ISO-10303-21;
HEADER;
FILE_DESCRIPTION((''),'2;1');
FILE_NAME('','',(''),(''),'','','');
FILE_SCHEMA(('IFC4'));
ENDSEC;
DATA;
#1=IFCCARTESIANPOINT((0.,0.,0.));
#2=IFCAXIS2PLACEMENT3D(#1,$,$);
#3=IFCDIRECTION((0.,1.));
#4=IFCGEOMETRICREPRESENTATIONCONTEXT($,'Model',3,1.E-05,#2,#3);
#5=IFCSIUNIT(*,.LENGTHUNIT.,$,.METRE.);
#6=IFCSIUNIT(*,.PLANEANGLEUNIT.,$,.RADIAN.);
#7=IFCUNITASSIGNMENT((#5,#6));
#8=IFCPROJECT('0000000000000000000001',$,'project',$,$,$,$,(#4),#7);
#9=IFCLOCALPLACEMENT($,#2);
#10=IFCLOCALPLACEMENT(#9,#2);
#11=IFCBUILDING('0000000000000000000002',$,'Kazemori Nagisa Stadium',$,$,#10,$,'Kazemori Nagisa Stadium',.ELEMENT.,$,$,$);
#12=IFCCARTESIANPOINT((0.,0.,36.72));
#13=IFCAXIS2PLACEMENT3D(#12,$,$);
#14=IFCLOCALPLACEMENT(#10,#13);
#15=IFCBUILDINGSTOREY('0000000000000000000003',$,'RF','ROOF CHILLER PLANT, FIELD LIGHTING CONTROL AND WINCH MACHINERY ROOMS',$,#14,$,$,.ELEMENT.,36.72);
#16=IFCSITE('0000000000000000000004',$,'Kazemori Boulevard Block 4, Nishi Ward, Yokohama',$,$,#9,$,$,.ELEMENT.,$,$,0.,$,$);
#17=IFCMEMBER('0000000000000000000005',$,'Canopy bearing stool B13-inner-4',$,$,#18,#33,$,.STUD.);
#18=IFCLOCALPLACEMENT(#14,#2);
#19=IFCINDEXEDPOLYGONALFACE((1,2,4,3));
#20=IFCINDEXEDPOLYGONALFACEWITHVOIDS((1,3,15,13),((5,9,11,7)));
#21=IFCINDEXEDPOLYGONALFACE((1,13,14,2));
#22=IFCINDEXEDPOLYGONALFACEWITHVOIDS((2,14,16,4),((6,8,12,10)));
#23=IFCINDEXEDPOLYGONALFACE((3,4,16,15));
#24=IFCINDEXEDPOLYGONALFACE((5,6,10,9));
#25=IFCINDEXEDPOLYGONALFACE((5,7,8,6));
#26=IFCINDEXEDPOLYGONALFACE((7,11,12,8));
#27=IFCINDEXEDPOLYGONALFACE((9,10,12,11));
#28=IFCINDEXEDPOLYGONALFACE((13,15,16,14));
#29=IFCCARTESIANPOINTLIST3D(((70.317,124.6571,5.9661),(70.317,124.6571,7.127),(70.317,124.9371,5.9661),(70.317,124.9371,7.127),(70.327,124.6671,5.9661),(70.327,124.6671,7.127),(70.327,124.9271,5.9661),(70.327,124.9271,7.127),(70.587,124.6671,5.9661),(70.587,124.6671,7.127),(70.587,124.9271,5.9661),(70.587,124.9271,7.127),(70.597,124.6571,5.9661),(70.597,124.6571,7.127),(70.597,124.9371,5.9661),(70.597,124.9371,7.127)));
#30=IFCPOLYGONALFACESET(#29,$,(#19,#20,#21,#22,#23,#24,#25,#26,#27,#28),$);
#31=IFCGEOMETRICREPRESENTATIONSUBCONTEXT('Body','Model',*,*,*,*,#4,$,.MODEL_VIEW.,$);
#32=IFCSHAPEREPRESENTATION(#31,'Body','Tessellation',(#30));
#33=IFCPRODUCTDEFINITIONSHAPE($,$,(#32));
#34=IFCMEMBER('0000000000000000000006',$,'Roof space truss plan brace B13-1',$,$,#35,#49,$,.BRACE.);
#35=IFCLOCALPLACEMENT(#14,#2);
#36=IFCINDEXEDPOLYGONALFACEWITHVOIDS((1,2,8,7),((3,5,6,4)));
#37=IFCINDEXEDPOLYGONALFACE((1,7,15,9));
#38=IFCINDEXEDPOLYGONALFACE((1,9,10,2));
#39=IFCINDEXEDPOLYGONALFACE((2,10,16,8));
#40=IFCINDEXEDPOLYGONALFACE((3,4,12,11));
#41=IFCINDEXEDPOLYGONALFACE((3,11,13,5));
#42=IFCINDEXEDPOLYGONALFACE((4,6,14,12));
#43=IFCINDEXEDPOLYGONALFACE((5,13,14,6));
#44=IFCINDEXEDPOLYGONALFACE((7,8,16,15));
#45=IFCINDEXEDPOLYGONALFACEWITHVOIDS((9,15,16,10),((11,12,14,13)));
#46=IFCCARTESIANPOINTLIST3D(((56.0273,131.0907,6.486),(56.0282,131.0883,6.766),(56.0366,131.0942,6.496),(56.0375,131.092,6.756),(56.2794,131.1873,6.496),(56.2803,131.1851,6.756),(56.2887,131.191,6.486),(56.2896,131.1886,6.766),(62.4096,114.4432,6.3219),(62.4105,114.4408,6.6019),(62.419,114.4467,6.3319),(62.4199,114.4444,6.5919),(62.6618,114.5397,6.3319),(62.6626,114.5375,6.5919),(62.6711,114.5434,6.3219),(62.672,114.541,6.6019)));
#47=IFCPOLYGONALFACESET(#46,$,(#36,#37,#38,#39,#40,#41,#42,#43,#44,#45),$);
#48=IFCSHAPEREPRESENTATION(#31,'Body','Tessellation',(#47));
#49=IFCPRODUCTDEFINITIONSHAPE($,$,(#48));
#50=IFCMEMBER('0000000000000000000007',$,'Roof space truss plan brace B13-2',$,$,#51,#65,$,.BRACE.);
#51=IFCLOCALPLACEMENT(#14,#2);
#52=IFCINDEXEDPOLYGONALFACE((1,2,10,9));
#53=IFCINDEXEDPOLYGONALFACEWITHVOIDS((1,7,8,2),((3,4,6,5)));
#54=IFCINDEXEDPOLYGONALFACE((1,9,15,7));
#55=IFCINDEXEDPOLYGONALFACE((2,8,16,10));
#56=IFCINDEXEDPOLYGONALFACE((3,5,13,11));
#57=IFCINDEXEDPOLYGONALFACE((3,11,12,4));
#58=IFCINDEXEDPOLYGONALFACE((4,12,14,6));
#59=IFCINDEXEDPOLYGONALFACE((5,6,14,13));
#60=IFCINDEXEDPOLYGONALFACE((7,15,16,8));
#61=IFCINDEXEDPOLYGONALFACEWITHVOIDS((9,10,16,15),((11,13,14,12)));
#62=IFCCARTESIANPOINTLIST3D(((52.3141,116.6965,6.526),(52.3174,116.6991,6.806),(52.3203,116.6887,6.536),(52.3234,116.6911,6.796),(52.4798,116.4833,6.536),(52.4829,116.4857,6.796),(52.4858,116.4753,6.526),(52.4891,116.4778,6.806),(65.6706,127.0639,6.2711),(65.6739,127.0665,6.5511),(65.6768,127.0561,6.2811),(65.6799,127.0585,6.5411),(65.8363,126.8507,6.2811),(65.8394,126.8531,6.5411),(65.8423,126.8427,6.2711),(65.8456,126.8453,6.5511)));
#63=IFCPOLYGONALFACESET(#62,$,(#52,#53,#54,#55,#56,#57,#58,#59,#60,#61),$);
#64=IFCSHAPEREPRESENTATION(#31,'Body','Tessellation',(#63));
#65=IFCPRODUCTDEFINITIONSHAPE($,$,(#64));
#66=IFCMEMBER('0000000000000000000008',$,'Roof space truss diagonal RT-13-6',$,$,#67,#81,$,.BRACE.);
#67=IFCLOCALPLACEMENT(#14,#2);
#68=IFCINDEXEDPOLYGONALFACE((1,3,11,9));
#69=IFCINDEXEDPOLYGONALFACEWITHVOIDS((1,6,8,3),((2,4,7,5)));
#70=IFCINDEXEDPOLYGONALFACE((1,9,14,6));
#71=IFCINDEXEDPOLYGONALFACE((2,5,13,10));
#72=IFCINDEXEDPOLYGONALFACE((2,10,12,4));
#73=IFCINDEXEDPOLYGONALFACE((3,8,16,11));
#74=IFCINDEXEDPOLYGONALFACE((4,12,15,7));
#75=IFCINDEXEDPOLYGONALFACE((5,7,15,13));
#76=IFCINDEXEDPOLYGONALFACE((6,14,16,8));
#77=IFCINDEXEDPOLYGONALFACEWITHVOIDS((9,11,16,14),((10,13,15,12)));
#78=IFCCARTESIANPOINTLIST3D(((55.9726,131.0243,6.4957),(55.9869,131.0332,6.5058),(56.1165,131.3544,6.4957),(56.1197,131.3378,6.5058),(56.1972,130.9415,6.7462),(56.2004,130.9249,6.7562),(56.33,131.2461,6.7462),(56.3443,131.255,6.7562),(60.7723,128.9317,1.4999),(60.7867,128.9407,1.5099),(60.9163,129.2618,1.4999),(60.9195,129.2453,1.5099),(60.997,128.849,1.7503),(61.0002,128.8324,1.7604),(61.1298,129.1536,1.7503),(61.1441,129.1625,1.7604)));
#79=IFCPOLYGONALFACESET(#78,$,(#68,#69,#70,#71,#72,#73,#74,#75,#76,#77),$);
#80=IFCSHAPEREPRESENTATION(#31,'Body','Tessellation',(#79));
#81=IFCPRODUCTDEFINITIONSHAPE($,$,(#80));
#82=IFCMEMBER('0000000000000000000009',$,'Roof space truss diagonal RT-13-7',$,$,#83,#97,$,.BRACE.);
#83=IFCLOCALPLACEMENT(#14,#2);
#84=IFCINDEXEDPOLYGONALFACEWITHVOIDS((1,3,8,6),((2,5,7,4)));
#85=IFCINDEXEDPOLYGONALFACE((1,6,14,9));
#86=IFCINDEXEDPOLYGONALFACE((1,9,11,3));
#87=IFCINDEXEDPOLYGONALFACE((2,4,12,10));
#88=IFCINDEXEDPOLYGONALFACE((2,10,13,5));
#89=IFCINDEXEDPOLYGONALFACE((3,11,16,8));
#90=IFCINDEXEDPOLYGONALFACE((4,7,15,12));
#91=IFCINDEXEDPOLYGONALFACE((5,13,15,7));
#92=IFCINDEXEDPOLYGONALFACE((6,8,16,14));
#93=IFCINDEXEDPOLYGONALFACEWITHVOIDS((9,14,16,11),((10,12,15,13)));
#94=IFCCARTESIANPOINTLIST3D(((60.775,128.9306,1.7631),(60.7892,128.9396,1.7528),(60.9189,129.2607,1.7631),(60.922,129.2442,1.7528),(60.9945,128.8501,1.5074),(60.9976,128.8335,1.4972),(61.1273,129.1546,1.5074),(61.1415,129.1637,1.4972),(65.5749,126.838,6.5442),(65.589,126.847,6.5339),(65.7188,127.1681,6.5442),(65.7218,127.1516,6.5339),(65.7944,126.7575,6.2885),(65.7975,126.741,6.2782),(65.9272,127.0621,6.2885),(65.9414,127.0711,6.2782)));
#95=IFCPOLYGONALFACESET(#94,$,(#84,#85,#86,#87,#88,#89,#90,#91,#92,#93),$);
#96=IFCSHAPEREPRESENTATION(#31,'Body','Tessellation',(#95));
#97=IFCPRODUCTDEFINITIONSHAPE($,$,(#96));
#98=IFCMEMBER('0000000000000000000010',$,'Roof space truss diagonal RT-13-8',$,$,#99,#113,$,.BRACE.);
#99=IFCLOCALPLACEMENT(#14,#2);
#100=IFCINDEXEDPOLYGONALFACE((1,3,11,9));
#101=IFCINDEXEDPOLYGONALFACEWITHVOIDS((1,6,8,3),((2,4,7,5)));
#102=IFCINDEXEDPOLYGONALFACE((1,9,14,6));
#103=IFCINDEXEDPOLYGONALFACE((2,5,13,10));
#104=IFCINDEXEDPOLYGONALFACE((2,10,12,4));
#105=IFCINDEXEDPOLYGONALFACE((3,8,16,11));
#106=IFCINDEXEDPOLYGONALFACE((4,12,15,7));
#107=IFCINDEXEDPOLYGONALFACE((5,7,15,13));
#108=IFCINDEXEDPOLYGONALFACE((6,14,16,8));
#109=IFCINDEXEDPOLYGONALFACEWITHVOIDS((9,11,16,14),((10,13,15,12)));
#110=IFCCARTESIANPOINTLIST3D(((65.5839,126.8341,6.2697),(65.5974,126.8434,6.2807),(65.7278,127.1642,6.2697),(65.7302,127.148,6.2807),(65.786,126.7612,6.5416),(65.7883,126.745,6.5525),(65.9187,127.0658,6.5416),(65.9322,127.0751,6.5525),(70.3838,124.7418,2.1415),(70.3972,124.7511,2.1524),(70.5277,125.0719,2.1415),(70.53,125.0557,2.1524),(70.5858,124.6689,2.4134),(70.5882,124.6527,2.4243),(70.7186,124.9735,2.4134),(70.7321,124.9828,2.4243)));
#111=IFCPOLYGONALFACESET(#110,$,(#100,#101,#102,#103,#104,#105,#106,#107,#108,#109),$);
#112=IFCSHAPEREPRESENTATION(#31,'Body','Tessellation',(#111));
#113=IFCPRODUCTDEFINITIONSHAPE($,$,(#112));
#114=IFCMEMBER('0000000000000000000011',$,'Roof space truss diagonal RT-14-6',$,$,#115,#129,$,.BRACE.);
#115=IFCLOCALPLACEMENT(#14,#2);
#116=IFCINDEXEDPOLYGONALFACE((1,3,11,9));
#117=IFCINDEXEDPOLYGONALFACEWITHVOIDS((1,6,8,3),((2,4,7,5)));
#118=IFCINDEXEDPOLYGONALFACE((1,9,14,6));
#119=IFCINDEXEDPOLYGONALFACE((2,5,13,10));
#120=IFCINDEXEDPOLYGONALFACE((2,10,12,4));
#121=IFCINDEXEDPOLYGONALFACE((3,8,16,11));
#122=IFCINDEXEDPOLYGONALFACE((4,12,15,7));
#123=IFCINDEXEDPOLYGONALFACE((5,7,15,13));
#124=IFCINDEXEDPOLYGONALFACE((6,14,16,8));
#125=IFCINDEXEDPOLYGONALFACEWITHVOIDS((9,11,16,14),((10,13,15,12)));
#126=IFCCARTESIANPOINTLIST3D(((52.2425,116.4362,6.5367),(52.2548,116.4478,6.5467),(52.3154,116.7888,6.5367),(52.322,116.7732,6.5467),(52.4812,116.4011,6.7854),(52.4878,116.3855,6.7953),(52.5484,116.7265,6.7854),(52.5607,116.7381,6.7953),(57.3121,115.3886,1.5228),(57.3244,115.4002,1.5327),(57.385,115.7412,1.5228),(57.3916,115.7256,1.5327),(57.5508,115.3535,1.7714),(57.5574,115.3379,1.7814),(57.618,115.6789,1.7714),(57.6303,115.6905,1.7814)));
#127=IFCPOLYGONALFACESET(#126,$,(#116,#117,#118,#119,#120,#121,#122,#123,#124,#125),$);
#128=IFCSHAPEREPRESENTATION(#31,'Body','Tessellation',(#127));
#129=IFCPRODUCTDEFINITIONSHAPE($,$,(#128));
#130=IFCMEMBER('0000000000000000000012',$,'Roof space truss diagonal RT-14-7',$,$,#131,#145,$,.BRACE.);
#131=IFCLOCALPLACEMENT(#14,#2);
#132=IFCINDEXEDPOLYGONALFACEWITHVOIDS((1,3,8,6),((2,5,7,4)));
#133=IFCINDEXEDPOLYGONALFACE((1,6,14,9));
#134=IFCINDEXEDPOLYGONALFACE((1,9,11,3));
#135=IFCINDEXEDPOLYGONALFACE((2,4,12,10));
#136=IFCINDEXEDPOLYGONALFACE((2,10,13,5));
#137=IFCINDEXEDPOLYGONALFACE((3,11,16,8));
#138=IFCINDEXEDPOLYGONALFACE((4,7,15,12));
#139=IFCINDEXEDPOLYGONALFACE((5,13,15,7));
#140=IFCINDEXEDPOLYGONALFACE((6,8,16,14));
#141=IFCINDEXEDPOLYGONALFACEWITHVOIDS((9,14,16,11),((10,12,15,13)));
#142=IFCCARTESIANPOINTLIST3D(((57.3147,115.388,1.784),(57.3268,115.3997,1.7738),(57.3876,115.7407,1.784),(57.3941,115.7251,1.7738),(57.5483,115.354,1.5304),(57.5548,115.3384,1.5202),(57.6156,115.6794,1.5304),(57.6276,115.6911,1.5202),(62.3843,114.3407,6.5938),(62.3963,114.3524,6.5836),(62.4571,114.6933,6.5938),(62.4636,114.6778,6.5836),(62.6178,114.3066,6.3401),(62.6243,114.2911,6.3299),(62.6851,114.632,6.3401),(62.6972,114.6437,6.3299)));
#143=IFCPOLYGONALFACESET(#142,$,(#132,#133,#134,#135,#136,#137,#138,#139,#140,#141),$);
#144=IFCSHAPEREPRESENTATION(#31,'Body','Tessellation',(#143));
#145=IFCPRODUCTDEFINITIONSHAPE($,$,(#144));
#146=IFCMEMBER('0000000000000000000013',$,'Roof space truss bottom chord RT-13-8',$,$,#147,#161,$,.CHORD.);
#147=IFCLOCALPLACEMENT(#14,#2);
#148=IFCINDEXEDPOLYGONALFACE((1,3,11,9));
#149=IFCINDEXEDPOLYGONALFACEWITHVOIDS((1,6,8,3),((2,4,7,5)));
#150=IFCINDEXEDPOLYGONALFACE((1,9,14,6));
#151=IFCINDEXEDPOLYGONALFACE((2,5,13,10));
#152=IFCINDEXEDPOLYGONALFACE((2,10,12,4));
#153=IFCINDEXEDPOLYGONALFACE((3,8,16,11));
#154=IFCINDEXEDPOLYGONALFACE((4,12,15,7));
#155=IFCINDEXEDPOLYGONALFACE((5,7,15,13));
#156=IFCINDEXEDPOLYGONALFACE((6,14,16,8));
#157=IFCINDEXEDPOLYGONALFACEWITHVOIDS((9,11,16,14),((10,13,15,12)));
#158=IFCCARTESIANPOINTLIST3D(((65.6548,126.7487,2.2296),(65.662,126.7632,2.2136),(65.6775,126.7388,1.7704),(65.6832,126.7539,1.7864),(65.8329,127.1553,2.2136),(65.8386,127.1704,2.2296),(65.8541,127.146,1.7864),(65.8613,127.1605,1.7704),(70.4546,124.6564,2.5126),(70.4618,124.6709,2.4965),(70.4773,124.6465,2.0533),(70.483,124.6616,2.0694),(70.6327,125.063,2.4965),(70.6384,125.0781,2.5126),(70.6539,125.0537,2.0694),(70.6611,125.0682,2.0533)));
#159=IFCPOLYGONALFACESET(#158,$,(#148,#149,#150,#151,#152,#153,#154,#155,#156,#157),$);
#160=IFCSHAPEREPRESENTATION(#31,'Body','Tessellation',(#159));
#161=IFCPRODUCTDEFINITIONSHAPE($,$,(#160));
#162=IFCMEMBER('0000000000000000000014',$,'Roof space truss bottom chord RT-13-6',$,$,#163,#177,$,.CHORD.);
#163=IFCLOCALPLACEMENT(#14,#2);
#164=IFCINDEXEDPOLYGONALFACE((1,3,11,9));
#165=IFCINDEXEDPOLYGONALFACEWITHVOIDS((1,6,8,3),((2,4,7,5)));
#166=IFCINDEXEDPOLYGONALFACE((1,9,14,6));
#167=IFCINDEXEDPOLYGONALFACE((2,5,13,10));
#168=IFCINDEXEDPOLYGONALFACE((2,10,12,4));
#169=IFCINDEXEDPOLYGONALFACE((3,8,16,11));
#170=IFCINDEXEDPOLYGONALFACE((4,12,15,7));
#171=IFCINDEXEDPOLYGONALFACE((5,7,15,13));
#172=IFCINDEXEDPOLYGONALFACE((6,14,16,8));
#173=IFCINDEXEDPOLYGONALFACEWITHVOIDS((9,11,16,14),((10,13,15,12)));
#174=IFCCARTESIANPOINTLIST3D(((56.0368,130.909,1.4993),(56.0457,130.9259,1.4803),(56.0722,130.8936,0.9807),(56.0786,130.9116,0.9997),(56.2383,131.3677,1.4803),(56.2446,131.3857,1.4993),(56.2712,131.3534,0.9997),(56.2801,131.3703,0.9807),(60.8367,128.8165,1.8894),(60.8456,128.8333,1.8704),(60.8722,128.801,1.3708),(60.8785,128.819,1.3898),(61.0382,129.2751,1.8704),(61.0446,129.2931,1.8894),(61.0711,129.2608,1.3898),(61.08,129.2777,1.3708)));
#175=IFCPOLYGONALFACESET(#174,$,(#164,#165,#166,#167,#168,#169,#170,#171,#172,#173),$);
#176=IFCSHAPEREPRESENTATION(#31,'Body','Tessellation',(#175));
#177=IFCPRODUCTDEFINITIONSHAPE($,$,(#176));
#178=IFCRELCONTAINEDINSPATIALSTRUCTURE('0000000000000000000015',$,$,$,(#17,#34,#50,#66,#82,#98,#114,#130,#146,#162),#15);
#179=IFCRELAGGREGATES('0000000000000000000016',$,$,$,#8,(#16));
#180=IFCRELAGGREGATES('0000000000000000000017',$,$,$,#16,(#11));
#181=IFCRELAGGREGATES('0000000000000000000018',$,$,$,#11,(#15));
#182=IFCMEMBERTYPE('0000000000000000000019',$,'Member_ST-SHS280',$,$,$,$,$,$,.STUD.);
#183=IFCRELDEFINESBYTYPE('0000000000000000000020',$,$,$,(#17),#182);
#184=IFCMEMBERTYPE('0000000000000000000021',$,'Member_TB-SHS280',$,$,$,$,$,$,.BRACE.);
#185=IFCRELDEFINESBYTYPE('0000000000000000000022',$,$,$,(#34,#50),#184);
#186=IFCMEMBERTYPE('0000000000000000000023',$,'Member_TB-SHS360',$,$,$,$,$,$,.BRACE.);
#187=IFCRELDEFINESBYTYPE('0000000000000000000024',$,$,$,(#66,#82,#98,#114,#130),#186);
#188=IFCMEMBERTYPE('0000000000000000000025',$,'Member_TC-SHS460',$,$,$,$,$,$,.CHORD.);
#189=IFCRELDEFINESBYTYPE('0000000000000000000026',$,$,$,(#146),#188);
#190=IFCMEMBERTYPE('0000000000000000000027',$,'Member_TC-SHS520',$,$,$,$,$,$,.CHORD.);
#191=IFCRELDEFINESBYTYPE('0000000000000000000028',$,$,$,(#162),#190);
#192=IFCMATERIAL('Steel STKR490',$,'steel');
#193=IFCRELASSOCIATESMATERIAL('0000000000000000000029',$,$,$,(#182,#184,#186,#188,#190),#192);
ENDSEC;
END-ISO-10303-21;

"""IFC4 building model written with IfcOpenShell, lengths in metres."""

from ifc_helpers import new_model, si_unit, direction, frame, origin, origin_2d, place, context, subcontext, project, spatial, hollow_rectangle, extrude, material, material_profile, profile_set, type_object, element, save


model = new_model("IFC4")

# Units and contexts
model_context = context("Model", 3, precision=1e-05, world=origin(), true_north=direction((0.0, 1.0)))
body_context = subcontext(model_context, "Body", "Model", "MODEL_VIEW")
ifc_project = project(units=[si_unit("LENGTHUNIT", "METRE"), si_unit("PLANEANGLEUNIT", "RADIAN")], contexts=[model_context])

# Site, building, storey
site_placement = place(None, origin())
site = spatial("IfcSite", under=ifc_project, at=site_placement, Name="Kazemori Boulevard Block 4, Nishi Ward, Yokohama", CompositionType="ELEMENT", RefElevation=0.0)
building_placement = place(site_placement, origin())
building = spatial("IfcBuilding", under=site, at=building_placement, Name="Kazemori Nagisa Stadium", LongName="Kazemori Nagisa Stadium", CompositionType="ELEMENT")
storey_placement = place(building_placement, frame((0.0, 0.0, 36.72)))
storey = spatial("IfcBuildingStorey", under=building, at=storey_placement, Name="RF", Description="ROOF CHILLER PLANT, FIELD LIGHTING CONTROL AND WINCH MACHINERY ROOMS", CompositionType="ELEMENT", Elevation=36.72)

# Members
ifc_material_1 = material(Name="Steel STKR490", Category="steel")
ifc_material_profile_1 = material_profile(ifc_material_1, hollow_rectangle(XDim=0.28, YDim=0.28, WallThickness=0.01, at=origin_2d()), Name="SHS-280x280x10")
ifc_profile_set_1 = profile_set([ifc_material_profile_1], Name="Steel STKR490")
member_type_1 = type_object("IfcMemberType", Name="Member_ST-SHS280", PredefinedType="STUD", material=ifc_profile_set_1)
member_1_placement = place(storey_placement, frame((70.457, 124.7971, 5.9661), z_axis=(0.0, 0.0, 1.0), x_axis=(1.0, 0.0, 0.0)))
element("IfcMember", 1, at=member_1_placement, inside=storey, type_object=member_type_1, Name="Canopy bearing stool B13-inner-4", PredefinedType="STUD", context=body_context, shape_type="SweptSolid", body=[
    extrude(hollow_rectangle(XDim=0.28, YDim=0.28, WallThickness=0.01, at=origin_2d()), origin(), (0.0, 0.0, 1.0), 1.1609),
])
ifc_material_profile_2 = material_profile(ifc_material_1, hollow_rectangle(XDim=0.28, YDim=0.28, WallThickness=0.01, at=origin_2d()), Name="SHS-280x280x10")
ifc_profile_set_2 = profile_set([ifc_material_profile_2], Name="Steel STKR490")
member_type_2 = type_object("IfcMemberType", Name="Member_TB-SHS280", PredefinedType="BRACE", material=ifc_profile_set_2)
member_2_placement = place(storey_placement, frame((56.1584, 131.1396, 6.626), z_axis=(0.35796, -0.933692, -0.009202), x_axis=(0.933731, 0.357975, 0.0)))
element("IfcMember", 2, at=member_2_placement, inside=storey, type_object=member_type_2, Name="Roof space truss plan brace B13-1", PredefinedType="BRACE", context=body_context, shape_type="SweptSolid", body=[
    extrude(hollow_rectangle(XDim=0.28, YDim=0.28, WallThickness=0.01, at=origin_2d()), origin(), (0.0, 0.0, 1.0), 17.8298),
])
member_3_placement = place(storey_placement, frame((52.4016, 116.5872, 6.666), z_axis=(0.789862, 0.6131, -0.015073), x_axis=(-0.61317, 0.789951, 0.0)))
element("IfcMember", 3, at=member_3_placement, inside=storey, type_object=member_type_2, Name="Roof space truss plan brace B13-2", PredefinedType="BRACE", context=body_context, shape_type="SweptSolid", body=[
    extrude(hollow_rectangle(XDim=0.28, YDim=0.28, WallThickness=0.01, at=origin_2d()), origin(), (0.0, 0.0, 1.0), 16.9099),
])
ifc_material_profile_3 = material_profile(ifc_material_1, hollow_rectangle(XDim=0.3601, YDim=0.3601, WallThickness=0.0139, at=origin_2d()), Name="SHS-360x360x14")
ifc_profile_set_3 = profile_set([ifc_material_profile_3], Name="Steel STKR490")
member_type_3 = type_object("IfcMemberType", Name="Member_TB-SHS360", PredefinedType="BRACE", material=ifc_profile_set_3)
member_4_placement = place(storey_placement, frame((56.1584, 131.1396, 6.626), z_axis=(0.663224, -0.28914, -0.690313), x_axis=(0.399635, 0.916675, 0.0)))
element("IfcMember", 4, at=member_4_placement, inside=storey, type_object=member_type_3, Name="Roof space truss diagonal RT-13-6", PredefinedType="BRACE", context=body_context, shape_type="SweptSolid", body=[
    extrude(hollow_rectangle(XDim=0.3601, YDim=0.3601, WallThickness=0.0139, at=origin_2d()), origin(), (0.0, 0.0, 1.0), 7.2371),
])
member_5_placement = place(storey_placement, frame((60.9583, 129.0471, 1.6301), z_axis=(0.676937, -0.295118, 0.674286), x_axis=(0.399635, 0.916675, 0.0)))
element("IfcMember", 5, at=member_5_placement, inside=storey, type_object=member_type_3, Name="Roof space truss diagonal RT-13-7", PredefinedType="BRACE", context=body_context, shape_type="SweptSolid", body=[
    extrude(hollow_rectangle(XDim=0.3601, YDim=0.3601, WallThickness=0.0139, at=origin_2d()), origin(), (0.0, 0.0, 1.0), 7.0906),
])
member_6_placement = place(storey_placement, frame((65.7581, 126.9546, 6.4111), z_axis=(0.719864, -0.313796, -0.619134), x_axis=(0.399595, 0.916692, 0.0)))
element("IfcMember", 6, at=member_6_placement, inside=storey, type_object=member_type_3, Name="Roof space truss diagonal RT-13-8", PredefinedType="BRACE", context=body_context, shape_type="SweptSolid", body=[
    extrude(hollow_rectangle(XDim=0.3601, YDim=0.3601, WallThickness=0.0139, at=origin_2d()), origin(), (0.0, 0.0, 1.0), 6.6677),
])
member_7_placement = place(storey_placement, frame((52.4016, 116.5872, 6.666), z_axis=(0.703447, -0.145364, -0.695723), x_axis=(0.20237, 0.979309, 0.0)))
element("IfcMember", 7, at=member_7_placement, inside=storey, type_object=member_type_3, Name="Roof space truss diagonal RT-14-6", PredefinedType="BRACE", context=body_context, shape_type="SweptSolid", body=[
    extrude(hollow_rectangle(XDim=0.3601, YDim=0.3601, WallThickness=0.0139, at=origin_2d()), origin(), (0.0, 0.0, 1.0), 7.2068),
])
member_8_placement = place(storey_placement, frame((57.4712, 115.5396, 1.6521), z_axis=(0.717435, -0.14822, 0.680674), x_axis=(0.202325, 0.979318, 0.0)))
element("IfcMember", 8, at=member_8_placement, inside=storey, type_object=member_type_3, Name="Roof space truss diagonal RT-14-7", PredefinedType="BRACE", context=body_context, shape_type="SweptSolid", body=[
    extrude(hollow_rectangle(XDim=0.3601, YDim=0.3601, WallThickness=0.0139, at=origin_2d()), origin(), (0.0, 0.0, 1.0), 7.0662),
])
ifc_material_profile_4 = material_profile(ifc_material_1, hollow_rectangle(XDim=0.46, YDim=0.46, WallThickness=0.0161, at=origin_2d()), Name="SHS-460x460x16")
ifc_profile_set_4 = profile_set([ifc_material_profile_4], Name="Steel STKR490")
member_type_4 = type_object("IfcMemberType", Name="Member_TC-SHS460", PredefinedType="CHORD", material=ifc_profile_set_4)
member_9_placement = place(storey_placement, frame((65.7581, 126.9546, 2.0), z_axis=(0.915356, -0.399013, 0.053962), x_axis=(0.399595, 0.916692, 0.0)))
element("IfcMember", 9, at=member_9_placement, inside=storey, type_object=member_type_4, Name="Roof space truss bottom chord RT-13-8", PredefinedType="CHORD", context=body_context, shape_type="SweptSolid", body=[
    extrude(hollow_rectangle(XDim=0.46, YDim=0.46, WallThickness=0.0161, at=origin_2d()), origin(), (0.0, 0.0, 1.0), 5.2437),
])
ifc_material_profile_5 = material_profile(ifc_material_1, hollow_rectangle(XDim=0.52, YDim=0.52, WallThickness=0.019, at=origin_2d()), Name="SHS-520x520x19")
ifc_profile_set_5 = profile_set([ifc_material_profile_5], Name="Steel STKR490")
member_type_5 = type_object("IfcMemberType", Name="Member_TC-SHS520", PredefinedType="CHORD", material=ifc_profile_set_5)
member_10_placement = place(storey_placement, frame((56.1584, 131.1396, 1.24), z_axis=(0.914141, -0.39853, 0.074303), x_axis=(0.399635, 0.916675, 0.0)))
element("IfcMember", 10, at=member_10_placement, inside=storey, type_object=member_type_5, Name="Roof space truss bottom chord RT-13-6", PredefinedType="CHORD", context=body_context, shape_type="SweptSolid", body=[
    extrude(hollow_rectangle(XDim=0.52, YDim=0.52, WallThickness=0.019, at=origin_2d()), origin(), (0.0, 0.0, 1.0), 5.2507),
])

save(model, "model.ifc")
